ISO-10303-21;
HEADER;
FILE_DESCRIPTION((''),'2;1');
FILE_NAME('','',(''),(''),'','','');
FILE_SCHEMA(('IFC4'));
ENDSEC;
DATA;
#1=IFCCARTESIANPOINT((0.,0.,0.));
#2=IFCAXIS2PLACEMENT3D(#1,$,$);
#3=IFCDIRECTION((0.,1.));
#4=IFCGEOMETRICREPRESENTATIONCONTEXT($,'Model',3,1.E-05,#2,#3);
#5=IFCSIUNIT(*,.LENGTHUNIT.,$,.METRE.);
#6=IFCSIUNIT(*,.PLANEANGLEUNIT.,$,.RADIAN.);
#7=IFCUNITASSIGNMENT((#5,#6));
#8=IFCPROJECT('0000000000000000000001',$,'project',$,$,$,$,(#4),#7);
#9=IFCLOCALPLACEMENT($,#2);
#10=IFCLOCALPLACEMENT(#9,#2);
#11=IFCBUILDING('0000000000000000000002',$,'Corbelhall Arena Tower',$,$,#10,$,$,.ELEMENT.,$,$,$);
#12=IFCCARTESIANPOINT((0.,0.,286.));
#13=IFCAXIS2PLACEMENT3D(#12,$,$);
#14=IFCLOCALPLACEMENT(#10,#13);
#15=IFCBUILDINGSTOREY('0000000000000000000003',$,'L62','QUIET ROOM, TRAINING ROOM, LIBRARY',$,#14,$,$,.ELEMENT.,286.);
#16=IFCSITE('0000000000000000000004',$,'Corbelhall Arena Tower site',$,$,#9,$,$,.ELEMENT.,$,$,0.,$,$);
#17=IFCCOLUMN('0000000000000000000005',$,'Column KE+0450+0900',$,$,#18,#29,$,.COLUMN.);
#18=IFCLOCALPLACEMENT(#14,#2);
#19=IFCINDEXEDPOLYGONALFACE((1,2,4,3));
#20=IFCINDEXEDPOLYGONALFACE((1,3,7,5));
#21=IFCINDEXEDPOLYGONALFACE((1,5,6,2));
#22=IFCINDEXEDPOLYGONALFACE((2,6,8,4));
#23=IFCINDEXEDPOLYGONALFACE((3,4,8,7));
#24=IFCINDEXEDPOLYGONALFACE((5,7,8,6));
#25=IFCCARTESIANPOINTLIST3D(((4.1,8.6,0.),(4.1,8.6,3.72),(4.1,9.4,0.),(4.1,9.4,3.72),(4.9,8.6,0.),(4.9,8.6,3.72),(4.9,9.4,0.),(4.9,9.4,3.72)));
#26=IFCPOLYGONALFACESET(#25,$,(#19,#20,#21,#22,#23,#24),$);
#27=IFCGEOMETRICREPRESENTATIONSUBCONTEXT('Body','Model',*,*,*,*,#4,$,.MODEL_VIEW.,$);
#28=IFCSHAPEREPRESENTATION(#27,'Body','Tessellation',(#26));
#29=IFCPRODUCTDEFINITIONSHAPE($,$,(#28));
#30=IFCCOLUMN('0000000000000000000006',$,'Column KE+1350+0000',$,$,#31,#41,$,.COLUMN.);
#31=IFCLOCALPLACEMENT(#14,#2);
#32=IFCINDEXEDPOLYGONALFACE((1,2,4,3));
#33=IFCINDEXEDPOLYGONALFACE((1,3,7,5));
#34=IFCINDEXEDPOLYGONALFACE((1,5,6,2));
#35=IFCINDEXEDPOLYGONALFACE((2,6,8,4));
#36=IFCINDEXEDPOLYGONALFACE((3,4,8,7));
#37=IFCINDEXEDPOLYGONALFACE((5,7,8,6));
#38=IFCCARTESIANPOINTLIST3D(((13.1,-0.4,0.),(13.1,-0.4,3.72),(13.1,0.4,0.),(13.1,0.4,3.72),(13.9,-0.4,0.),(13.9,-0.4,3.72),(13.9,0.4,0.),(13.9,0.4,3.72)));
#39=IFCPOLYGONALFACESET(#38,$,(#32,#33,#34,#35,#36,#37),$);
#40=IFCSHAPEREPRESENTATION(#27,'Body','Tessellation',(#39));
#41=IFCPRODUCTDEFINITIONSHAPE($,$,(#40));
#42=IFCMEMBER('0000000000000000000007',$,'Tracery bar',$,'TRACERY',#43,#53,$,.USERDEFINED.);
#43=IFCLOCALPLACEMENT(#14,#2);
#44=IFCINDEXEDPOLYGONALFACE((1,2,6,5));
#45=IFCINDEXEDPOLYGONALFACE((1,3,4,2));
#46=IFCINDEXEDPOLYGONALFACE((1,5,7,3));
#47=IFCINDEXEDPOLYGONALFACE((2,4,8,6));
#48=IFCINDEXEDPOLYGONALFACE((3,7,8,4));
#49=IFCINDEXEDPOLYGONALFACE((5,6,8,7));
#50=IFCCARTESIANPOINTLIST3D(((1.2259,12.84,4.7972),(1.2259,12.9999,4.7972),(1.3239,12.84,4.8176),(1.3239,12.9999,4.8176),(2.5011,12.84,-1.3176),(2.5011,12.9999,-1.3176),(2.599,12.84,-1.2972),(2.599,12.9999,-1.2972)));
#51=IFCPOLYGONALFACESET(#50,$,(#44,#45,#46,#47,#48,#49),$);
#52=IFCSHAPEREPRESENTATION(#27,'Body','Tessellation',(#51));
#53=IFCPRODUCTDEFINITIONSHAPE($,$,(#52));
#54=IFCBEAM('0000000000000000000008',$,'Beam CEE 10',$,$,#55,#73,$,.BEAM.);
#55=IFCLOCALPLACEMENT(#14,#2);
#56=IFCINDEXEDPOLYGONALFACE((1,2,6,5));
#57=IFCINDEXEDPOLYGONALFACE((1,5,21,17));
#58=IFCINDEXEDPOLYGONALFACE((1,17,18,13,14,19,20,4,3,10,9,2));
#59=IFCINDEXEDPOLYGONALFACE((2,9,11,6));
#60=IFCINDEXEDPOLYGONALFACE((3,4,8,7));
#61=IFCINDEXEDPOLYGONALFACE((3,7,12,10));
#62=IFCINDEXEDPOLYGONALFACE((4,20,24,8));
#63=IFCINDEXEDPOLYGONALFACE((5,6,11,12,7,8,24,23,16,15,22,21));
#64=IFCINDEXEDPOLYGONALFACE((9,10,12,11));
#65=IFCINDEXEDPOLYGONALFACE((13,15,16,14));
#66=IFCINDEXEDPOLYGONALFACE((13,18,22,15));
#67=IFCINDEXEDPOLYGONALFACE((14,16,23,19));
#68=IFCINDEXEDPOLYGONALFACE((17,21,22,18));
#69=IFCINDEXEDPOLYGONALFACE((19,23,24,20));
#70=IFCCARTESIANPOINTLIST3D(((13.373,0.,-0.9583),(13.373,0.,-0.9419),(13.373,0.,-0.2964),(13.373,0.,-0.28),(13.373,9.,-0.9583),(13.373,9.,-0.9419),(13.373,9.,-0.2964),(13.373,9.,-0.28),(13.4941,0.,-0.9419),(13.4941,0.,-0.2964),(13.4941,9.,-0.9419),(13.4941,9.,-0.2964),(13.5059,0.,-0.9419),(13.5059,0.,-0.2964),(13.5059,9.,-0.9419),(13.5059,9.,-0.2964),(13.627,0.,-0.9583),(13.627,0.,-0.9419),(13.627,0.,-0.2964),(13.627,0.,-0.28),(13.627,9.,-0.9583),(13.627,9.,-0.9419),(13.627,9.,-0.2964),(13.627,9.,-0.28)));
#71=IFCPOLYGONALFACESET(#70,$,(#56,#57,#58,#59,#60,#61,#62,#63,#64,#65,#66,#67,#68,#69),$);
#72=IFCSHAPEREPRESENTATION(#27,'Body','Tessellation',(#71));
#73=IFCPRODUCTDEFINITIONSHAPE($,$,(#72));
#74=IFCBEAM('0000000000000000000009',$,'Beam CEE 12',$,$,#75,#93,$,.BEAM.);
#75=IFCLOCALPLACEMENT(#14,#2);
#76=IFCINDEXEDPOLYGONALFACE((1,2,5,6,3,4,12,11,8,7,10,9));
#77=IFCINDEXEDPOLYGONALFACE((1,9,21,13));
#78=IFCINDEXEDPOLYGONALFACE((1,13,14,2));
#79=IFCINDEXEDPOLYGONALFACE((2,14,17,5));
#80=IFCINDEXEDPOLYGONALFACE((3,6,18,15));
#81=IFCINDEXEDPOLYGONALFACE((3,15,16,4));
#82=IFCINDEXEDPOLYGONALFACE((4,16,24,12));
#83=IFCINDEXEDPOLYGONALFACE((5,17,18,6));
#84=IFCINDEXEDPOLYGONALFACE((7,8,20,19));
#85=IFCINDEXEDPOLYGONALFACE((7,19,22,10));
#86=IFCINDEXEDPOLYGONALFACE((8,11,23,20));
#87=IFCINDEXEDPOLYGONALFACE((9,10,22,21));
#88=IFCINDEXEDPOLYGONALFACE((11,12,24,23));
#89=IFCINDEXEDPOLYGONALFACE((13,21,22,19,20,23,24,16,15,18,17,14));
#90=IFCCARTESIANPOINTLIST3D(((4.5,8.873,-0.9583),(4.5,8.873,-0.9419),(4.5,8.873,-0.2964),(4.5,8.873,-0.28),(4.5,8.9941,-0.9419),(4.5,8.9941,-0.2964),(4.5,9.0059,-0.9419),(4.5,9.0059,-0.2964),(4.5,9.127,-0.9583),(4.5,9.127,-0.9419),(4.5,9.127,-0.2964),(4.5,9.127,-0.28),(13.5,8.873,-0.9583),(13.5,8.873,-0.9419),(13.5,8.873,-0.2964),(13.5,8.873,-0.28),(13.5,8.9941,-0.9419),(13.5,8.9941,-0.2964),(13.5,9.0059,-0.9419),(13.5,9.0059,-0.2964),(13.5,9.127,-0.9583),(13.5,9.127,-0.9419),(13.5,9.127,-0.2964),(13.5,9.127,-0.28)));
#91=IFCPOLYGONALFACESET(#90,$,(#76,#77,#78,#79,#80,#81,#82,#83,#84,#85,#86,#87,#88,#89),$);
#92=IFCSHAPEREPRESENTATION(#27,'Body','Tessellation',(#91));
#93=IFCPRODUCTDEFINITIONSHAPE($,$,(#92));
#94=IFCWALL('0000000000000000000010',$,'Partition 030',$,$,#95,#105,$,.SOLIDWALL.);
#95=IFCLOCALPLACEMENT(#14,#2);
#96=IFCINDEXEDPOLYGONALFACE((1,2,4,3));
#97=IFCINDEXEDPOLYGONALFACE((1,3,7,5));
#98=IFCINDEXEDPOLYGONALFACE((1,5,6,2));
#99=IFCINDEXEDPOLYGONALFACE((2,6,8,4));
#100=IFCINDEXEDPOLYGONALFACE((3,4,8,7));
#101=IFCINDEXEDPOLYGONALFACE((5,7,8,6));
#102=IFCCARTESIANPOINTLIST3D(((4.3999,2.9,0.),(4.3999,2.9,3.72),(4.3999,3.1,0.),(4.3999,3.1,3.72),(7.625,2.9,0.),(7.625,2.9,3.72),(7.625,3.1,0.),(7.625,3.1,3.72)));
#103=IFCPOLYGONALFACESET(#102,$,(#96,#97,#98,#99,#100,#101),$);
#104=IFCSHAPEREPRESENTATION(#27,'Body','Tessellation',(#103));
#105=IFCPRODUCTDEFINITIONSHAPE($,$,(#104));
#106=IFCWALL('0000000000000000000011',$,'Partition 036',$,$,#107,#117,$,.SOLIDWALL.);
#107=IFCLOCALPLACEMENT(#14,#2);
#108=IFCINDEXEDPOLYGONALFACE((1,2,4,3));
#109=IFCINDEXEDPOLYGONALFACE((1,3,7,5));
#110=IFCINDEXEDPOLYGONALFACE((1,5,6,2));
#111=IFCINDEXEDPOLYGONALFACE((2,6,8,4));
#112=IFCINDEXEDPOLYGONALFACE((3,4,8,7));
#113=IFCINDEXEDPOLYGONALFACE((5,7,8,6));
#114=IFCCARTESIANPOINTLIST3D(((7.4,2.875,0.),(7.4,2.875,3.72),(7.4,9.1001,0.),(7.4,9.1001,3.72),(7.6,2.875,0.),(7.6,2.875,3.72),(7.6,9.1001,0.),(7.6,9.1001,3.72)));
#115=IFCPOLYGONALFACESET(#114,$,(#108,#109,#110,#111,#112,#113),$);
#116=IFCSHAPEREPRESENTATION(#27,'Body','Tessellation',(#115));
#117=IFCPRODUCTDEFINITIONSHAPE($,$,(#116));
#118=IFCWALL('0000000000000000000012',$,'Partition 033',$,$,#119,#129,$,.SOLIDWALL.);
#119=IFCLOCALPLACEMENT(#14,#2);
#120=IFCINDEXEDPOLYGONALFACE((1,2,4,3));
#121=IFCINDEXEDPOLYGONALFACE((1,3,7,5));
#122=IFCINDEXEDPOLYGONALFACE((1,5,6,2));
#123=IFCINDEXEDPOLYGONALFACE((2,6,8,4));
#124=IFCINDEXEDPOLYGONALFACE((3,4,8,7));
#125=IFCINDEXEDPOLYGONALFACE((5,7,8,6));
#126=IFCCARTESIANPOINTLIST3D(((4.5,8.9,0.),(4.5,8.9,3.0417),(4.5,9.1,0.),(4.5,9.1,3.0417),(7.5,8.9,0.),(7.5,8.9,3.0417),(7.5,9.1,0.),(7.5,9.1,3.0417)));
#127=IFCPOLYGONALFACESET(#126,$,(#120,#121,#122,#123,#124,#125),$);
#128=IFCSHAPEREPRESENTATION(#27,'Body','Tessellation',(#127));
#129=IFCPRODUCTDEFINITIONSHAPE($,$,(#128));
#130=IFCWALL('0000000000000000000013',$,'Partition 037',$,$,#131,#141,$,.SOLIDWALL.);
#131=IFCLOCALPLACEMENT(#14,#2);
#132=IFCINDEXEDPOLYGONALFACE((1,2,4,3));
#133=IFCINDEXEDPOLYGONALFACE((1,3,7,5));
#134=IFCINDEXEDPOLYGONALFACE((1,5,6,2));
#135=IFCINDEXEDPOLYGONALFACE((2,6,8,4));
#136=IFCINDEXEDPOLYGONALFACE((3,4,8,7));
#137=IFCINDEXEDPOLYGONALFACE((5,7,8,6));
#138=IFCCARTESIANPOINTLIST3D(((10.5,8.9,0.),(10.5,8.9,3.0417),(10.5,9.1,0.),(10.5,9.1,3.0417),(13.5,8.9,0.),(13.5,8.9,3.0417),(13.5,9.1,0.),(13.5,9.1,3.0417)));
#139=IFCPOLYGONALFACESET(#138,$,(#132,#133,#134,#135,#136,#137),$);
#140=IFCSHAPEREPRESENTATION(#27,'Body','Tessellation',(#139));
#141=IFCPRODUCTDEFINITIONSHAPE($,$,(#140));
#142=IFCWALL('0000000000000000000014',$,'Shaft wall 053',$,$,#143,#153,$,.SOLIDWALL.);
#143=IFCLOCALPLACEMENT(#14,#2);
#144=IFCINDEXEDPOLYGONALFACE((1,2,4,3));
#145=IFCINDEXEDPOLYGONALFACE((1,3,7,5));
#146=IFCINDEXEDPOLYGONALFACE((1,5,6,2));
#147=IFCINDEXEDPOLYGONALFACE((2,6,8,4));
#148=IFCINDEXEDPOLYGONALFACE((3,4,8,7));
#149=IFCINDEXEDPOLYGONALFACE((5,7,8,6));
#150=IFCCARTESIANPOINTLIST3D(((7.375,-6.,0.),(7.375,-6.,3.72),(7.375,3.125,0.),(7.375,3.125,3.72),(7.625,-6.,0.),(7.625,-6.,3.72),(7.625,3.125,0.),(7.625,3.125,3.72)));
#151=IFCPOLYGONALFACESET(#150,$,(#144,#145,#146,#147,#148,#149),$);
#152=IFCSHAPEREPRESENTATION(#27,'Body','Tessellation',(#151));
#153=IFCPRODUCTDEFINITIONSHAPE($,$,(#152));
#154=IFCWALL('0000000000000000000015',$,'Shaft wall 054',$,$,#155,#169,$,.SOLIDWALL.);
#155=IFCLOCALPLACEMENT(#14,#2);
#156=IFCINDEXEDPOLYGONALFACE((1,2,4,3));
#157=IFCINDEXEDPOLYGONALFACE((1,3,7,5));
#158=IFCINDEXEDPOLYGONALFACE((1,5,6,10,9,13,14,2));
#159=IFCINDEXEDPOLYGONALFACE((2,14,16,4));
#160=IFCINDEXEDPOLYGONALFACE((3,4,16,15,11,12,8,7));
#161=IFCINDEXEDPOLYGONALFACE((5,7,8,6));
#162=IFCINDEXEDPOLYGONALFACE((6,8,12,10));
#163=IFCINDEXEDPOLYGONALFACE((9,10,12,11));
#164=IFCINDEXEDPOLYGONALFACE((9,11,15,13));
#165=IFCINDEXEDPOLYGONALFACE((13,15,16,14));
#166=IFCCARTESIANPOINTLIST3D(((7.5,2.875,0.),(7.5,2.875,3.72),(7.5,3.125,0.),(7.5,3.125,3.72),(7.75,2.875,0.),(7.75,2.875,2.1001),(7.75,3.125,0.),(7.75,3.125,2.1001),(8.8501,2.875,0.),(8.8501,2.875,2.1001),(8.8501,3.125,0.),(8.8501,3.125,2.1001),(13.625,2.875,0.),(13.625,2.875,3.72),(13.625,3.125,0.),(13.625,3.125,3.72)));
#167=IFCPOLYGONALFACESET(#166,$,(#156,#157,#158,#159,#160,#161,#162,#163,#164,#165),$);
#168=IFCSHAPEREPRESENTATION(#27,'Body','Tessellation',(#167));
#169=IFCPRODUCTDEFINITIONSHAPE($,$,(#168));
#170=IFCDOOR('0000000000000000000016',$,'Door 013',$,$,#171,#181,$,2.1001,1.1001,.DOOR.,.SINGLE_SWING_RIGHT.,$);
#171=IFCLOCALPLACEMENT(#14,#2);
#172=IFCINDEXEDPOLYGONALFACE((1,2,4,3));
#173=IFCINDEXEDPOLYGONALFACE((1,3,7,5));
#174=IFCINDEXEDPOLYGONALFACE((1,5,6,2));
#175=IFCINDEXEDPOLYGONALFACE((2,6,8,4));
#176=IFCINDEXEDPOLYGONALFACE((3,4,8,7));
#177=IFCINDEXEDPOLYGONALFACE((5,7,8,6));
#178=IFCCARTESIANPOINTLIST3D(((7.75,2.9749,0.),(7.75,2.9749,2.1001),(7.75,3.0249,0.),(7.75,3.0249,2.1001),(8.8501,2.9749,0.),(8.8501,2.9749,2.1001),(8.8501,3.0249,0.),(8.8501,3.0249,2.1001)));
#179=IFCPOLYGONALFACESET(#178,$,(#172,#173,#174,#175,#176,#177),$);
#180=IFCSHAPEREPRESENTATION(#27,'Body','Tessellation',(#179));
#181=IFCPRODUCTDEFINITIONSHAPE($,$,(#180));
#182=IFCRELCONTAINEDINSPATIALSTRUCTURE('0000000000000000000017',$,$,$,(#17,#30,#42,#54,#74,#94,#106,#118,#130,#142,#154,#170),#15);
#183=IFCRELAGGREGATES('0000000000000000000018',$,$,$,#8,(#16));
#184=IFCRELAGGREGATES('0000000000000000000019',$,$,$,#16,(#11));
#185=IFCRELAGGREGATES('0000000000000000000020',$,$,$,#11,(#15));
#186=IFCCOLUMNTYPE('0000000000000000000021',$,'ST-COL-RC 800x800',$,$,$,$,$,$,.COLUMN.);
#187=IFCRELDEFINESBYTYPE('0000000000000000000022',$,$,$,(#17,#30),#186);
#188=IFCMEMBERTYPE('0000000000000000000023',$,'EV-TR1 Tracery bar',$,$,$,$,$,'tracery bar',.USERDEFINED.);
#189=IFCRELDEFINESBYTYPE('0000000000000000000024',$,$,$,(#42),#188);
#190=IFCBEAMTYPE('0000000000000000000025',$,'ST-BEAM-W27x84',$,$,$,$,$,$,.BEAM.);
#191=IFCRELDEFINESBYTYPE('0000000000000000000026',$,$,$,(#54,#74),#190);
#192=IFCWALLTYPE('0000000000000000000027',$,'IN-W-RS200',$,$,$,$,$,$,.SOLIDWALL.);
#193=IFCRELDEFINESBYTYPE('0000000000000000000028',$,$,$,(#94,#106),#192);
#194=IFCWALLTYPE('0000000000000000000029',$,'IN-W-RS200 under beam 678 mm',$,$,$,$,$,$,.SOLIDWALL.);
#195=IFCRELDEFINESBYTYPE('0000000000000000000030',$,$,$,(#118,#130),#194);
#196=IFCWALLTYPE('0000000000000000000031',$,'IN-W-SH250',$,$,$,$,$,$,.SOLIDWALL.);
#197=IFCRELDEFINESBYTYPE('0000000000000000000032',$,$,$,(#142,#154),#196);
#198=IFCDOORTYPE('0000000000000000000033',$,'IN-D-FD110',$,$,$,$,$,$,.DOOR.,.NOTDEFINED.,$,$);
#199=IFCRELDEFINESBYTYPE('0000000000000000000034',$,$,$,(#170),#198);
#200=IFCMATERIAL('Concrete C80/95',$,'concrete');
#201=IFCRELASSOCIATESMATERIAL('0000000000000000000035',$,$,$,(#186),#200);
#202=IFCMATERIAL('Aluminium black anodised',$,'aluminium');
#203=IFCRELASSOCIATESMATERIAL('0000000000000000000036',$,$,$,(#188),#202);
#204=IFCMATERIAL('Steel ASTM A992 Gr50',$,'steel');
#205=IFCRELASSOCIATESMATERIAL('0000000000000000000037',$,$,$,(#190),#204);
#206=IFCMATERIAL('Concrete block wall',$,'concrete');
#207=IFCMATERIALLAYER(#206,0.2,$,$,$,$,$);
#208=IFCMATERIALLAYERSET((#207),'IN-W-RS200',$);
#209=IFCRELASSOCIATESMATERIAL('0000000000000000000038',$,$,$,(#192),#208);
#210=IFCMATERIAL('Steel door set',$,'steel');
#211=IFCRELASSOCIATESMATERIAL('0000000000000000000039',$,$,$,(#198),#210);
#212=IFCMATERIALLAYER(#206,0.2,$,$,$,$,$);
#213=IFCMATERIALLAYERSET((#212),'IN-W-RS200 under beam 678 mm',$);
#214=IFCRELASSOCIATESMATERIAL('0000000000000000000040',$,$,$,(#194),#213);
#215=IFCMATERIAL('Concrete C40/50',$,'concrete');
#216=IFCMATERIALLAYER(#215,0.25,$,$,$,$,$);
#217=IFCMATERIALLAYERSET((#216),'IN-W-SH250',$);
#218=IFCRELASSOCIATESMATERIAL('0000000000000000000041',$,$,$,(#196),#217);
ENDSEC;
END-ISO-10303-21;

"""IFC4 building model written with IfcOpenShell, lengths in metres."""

from ifc_helpers import new_model, si_unit, direction, frame, frame_2d, origin, origin_2d, place, context, subcontext, project, spatial, rectangle, i_section, extrude, material, layer, layer_set, material_profile, profile_set, type_object, element, fill, save


model = new_model("IFC4")

# Units and contexts
model_context = context("Model", 3, precision=1e-05, world=origin(), true_north=direction((0.0, 1.0)))
body_context = subcontext(model_context, "Body", "Model", "MODEL_VIEW")
ifc_project = project(units=[si_unit("LENGTHUNIT", "METRE"), si_unit("PLANEANGLEUNIT", "RADIAN")], contexts=[model_context])

# Site, building, storey
site_placement = place(None, origin())
site = spatial("IfcSite", under=ifc_project, at=site_placement, Name="Corbelhall Arena Tower site", CompositionType="ELEMENT", RefElevation=0.0)
building_placement = place(site_placement, origin())
building = spatial("IfcBuilding", under=site, at=building_placement, Name="Corbelhall Arena Tower", CompositionType="ELEMENT")
storey_placement = place(building_placement, frame((0.0, 0.0, 286.0)))
storey = spatial("IfcBuildingStorey", under=building, at=storey_placement, Name="L62", Description="QUIET ROOM, TRAINING ROOM, LIBRARY", CompositionType="ELEMENT", Elevation=286.0)

# Columns
ifc_material_1 = material(Name="Concrete C80/95", Category="concrete")
ifc_material_profile_1 = material_profile(ifc_material_1, rectangle(XDim=0.8, YDim=0.8, at=origin_2d()))
ifc_profile_set_1 = profile_set([ifc_material_profile_1], Name="Concrete C80/95")
column_type = type_object("IfcColumnType", Name="ST-COL-RC 800x800", PredefinedType="COLUMN", material=ifc_profile_set_1)
for number, where, z_axis, x_axis, name in (
    (1, (4.5, 9.0, 0.0), (0.0, 0.0, 1.0), (1.0, 0.0, 0.0), "Column KE+0450+0900"),
    (2, (13.5, 0.0, 0.0), (0.0, 0.0, 1.0), (1.0, 0.0, 0.0), "Column KE+1350+0000"),
):
    element("IfcColumn", number, at=place(storey_placement, frame(where, z_axis=z_axis, x_axis=x_axis)), inside=storey, type_object=column_type, Name=name, PredefinedType="COLUMN", context=body_context, shape_type="SweptSolid", body=[
        extrude(rectangle(XDim=0.8, YDim=0.8, at=origin_2d()), origin(), (0.0, 0.0, 1.0), 3.72),
    ])

# Member
ifc_material_2 = material(Name="Aluminium black anodised", Category="aluminium")
ifc_material_profile_2 = material_profile(ifc_material_2, rectangle(XDim=0.1599, YDim=0.1001, at=origin_2d()))
ifc_profile_set_2 = profile_set([ifc_material_profile_2], Name="Aluminium black anodised")
member_type = type_object("IfcMemberType", Name="EV-TR1 Tracery bar", ElementType="tracery bar", PredefinedType="USERDEFINED", material=ifc_profile_set_2)
member_placement = place(storey_placement, frame((2.55, 12.9199, -1.3074), z_axis=(-0.204145, 0.0, 0.978941), x_axis=(0.0, -1.0, 0.0)))
element("IfcMember", 3, at=member_placement, inside=storey, type_object=member_type, Name="Tracery bar", ObjectType="TRACERY", PredefinedType="USERDEFINED", context=body_context, shape_type="SweptSolid", body=[
    extrude(rectangle(XDim=0.1599, YDim=0.1001, at=origin_2d()), origin(), (0.0, 0.0, 1.0), 6.2463),
])

# Beams
ifc_material_3 = material(Name="Steel ASTM A992 Gr50", Category="steel")
ifc_material_profile_3 = material_profile(ifc_material_3, i_section(OverallWidth=0.2539, OverallDepth=0.6782, WebThickness=0.0117, FlangeThickness=0.0164, at=origin_2d()))
ifc_profile_set_3 = profile_set([ifc_material_profile_3], Name="Steel ASTM A992 Gr50")
beam_type = type_object("IfcBeamType", Name="ST-BEAM-W27x84", PredefinedType="BEAM", material=ifc_profile_set_3)
for number, where, z_axis, x_axis, name in (
    (4, (13.5, 0.0, -0.6191), (0.0, 1.0, 0.0), (-1.0, 0.0, 0.0), "Beam CEE 10"),
    (5, (4.5, 9.0, -0.6191), (1.0, 0.0, 0.0), (0.0, 1.0, 0.0), "Beam CEE 12"),
):
    element("IfcBeam", number, at=place(storey_placement, frame(where, z_axis=z_axis, x_axis=x_axis)), inside=storey, type_object=beam_type, Name=name, PredefinedType="BEAM", context=body_context, shape_type="SweptSolid", body=[
        extrude(i_section(OverallWidth=0.2539, OverallDepth=0.6782, WebThickness=0.0117, FlangeThickness=0.0164, at=origin_2d()), origin(), (0.0, 0.0, 1.0), 9.0),
    ])

# Walls
ifc_material_4 = material(Name="Concrete block wall", Category="concrete")
ifc_layer_1 = layer(ifc_material_4, 0.2)
ifc_layer_set_1 = layer_set([ifc_layer_1], Name="IN-W-RS200")
wall_type_1 = type_object("IfcWallType", Name="IN-W-RS200", PredefinedType="SOLIDWALL", material=ifc_layer_set_1)
wall_1_placement = place(storey_placement, frame((4.3999, 3.0, 0.0), z_axis=(0.0, 0.0, 1.0), x_axis=(1.0, 0.0, 0.0)))
element("IfcWall", 6, at=wall_1_placement, inside=storey, type_object=wall_type_1, Name="Partition 030", PredefinedType="SOLIDWALL", context=body_context, shape_type="SweptSolid", body=[
    extrude(rectangle(XDim=3.2251, YDim=0.2, at=frame_2d((1.6125, 0.0))), origin(), (0.0, 0.0, 1.0), 3.72),
])
wall_2_placement = place(storey_placement, frame((7.5, 9.1001, 0.0), z_axis=(0.0, 0.0, 1.0), x_axis=(0.0, -1.0, 0.0)))
element("IfcWall", 7, at=wall_2_placement, inside=storey, type_object=wall_type_1, Name="Partition 036", PredefinedType="SOLIDWALL", context=body_context, shape_type="SweptSolid", body=[
    extrude(rectangle(XDim=6.2251, YDim=0.2, at=frame_2d((3.1125, 0.0))), origin(), (0.0, 0.0, 1.0), 3.72),
])

# Shared definitions
ifc_material_5 = material(Name="Steel door set", Category="steel")
door_type_1 = type_object("IfcDoorType", Name="IN-D-FD110", OperationType="NOTDEFINED", PredefinedType="DOOR", material=ifc_material_5)

# Shared definitions
ifc_layer_2 = layer(ifc_material_4, 0.2)
ifc_layer_set_2 = layer_set([ifc_layer_2], Name="IN-W-RS200 under beam 678 mm")
wall_type_2 = type_object("IfcWallType", Name="IN-W-RS200 under beam 678 mm", PredefinedType="SOLIDWALL", material=ifc_layer_set_2)

# Walls
for number, where, z_axis, x_axis, name in (
    (8, (4.5, 9.0, 0.0), (0.0, 0.0, 1.0), (1.0, 0.0, 0.0), "Partition 033"),
    (9, (10.5, 9.0, 0.0), (0.0, 0.0, 1.0), (1.0, 0.0, 0.0), "Partition 037"),
):
    element("IfcWall", number, at=place(storey_placement, frame(where, z_axis=z_axis, x_axis=x_axis)), inside=storey, type_object=wall_type_2, Name=name, PredefinedType="SOLIDWALL", context=body_context, shape_type="SweptSolid", body=[
        extrude(rectangle(XDim=3.0, YDim=0.2, at=frame_2d((1.5, 0.0))), origin(), (0.0, 0.0, 1.0), 3.0417),
    ])
ifc_material_6 = material(Name="Concrete C40/50", Category="concrete")
ifc_layer_3 = layer(ifc_material_6, 0.25)
ifc_layer_set_3 = layer_set([ifc_layer_3], Name="IN-W-SH250")
wall_type_3 = type_object("IfcWallType", Name="IN-W-SH250", PredefinedType="SOLIDWALL", material=ifc_layer_set_3)
wall_3_placement = place(storey_placement, frame((7.5, 3.125, 0.0), z_axis=(0.0, 0.0, 1.0), x_axis=(0.0, -1.0, 0.0)))
element("IfcWall", 10, at=wall_3_placement, inside=storey, type_object=wall_type_3, Name="Shaft wall 053", PredefinedType="SOLIDWALL", context=body_context, shape_type="SweptSolid", body=[
    extrude(rectangle(XDim=9.125, YDim=0.25, at=frame_2d((4.5625, 0.0))), origin(), (0.0, 0.0, 1.0), 3.72),
])

# Wall, opening, door
wall_4_placement = place(storey_placement, frame((7.5, 3.0, 0.0), z_axis=(0.0, 0.0, 1.0), x_axis=(1.0, 0.0, 0.0)))
wall_4 = element("IfcWall", 11, at=wall_4_placement, inside=storey, type_object=wall_type_3, Name="Shaft wall 054", PredefinedType="SOLIDWALL", context=body_context, shape_type="SweptSolid", body=[
    extrude(rectangle(XDim=6.125, YDim=0.25, at=frame_2d((3.0625, 0.0))), origin(), (0.0, 0.0, 1.0), 3.72),
])
opening_1_placement = place(wall_4_placement, frame((0.25, 0.0, 0.0)))
opening_1 = element("IfcOpeningElement", 12, at=opening_1_placement, cuts=wall_4, PredefinedType="OPENING", context=body_context, shape_type="SweptSolid", body=[
    extrude(rectangle(XDim=1.1001, YDim=2.1001, at=frame_2d((0.55, 1.05))), frame((0.0, 0.125, 0.0), z_axis=(0.0, -1.0, 0.0), x_axis=(1.0, 0.0, 0.0)), (0.0, 0.0, 1.0), 0.25),
])
door_1_placement = place(opening_1_placement, origin())
door_1 = element("IfcDoor", 13, at=door_1_placement, inside=storey, type_object=door_type_1, Name="Door 013", OperationType="SINGLE_SWING_RIGHT", OverallHeight=2.1001, OverallWidth=1.1001, PredefinedType="DOOR", context=body_context, shape_type="SweptSolid", body=[
    extrude(rectangle(XDim=1.1001, YDim=2.1001, at=frame_2d((0.55, 1.05))), frame((0.0, 0.0249, 0.0), z_axis=(0.0, -1.0, 0.0), x_axis=(1.0, 0.0, 0.0)), (0.0, 0.0, 1.0), 0.05),
])
fill(opening_1, door_1)

save(model, "model.ifc")
